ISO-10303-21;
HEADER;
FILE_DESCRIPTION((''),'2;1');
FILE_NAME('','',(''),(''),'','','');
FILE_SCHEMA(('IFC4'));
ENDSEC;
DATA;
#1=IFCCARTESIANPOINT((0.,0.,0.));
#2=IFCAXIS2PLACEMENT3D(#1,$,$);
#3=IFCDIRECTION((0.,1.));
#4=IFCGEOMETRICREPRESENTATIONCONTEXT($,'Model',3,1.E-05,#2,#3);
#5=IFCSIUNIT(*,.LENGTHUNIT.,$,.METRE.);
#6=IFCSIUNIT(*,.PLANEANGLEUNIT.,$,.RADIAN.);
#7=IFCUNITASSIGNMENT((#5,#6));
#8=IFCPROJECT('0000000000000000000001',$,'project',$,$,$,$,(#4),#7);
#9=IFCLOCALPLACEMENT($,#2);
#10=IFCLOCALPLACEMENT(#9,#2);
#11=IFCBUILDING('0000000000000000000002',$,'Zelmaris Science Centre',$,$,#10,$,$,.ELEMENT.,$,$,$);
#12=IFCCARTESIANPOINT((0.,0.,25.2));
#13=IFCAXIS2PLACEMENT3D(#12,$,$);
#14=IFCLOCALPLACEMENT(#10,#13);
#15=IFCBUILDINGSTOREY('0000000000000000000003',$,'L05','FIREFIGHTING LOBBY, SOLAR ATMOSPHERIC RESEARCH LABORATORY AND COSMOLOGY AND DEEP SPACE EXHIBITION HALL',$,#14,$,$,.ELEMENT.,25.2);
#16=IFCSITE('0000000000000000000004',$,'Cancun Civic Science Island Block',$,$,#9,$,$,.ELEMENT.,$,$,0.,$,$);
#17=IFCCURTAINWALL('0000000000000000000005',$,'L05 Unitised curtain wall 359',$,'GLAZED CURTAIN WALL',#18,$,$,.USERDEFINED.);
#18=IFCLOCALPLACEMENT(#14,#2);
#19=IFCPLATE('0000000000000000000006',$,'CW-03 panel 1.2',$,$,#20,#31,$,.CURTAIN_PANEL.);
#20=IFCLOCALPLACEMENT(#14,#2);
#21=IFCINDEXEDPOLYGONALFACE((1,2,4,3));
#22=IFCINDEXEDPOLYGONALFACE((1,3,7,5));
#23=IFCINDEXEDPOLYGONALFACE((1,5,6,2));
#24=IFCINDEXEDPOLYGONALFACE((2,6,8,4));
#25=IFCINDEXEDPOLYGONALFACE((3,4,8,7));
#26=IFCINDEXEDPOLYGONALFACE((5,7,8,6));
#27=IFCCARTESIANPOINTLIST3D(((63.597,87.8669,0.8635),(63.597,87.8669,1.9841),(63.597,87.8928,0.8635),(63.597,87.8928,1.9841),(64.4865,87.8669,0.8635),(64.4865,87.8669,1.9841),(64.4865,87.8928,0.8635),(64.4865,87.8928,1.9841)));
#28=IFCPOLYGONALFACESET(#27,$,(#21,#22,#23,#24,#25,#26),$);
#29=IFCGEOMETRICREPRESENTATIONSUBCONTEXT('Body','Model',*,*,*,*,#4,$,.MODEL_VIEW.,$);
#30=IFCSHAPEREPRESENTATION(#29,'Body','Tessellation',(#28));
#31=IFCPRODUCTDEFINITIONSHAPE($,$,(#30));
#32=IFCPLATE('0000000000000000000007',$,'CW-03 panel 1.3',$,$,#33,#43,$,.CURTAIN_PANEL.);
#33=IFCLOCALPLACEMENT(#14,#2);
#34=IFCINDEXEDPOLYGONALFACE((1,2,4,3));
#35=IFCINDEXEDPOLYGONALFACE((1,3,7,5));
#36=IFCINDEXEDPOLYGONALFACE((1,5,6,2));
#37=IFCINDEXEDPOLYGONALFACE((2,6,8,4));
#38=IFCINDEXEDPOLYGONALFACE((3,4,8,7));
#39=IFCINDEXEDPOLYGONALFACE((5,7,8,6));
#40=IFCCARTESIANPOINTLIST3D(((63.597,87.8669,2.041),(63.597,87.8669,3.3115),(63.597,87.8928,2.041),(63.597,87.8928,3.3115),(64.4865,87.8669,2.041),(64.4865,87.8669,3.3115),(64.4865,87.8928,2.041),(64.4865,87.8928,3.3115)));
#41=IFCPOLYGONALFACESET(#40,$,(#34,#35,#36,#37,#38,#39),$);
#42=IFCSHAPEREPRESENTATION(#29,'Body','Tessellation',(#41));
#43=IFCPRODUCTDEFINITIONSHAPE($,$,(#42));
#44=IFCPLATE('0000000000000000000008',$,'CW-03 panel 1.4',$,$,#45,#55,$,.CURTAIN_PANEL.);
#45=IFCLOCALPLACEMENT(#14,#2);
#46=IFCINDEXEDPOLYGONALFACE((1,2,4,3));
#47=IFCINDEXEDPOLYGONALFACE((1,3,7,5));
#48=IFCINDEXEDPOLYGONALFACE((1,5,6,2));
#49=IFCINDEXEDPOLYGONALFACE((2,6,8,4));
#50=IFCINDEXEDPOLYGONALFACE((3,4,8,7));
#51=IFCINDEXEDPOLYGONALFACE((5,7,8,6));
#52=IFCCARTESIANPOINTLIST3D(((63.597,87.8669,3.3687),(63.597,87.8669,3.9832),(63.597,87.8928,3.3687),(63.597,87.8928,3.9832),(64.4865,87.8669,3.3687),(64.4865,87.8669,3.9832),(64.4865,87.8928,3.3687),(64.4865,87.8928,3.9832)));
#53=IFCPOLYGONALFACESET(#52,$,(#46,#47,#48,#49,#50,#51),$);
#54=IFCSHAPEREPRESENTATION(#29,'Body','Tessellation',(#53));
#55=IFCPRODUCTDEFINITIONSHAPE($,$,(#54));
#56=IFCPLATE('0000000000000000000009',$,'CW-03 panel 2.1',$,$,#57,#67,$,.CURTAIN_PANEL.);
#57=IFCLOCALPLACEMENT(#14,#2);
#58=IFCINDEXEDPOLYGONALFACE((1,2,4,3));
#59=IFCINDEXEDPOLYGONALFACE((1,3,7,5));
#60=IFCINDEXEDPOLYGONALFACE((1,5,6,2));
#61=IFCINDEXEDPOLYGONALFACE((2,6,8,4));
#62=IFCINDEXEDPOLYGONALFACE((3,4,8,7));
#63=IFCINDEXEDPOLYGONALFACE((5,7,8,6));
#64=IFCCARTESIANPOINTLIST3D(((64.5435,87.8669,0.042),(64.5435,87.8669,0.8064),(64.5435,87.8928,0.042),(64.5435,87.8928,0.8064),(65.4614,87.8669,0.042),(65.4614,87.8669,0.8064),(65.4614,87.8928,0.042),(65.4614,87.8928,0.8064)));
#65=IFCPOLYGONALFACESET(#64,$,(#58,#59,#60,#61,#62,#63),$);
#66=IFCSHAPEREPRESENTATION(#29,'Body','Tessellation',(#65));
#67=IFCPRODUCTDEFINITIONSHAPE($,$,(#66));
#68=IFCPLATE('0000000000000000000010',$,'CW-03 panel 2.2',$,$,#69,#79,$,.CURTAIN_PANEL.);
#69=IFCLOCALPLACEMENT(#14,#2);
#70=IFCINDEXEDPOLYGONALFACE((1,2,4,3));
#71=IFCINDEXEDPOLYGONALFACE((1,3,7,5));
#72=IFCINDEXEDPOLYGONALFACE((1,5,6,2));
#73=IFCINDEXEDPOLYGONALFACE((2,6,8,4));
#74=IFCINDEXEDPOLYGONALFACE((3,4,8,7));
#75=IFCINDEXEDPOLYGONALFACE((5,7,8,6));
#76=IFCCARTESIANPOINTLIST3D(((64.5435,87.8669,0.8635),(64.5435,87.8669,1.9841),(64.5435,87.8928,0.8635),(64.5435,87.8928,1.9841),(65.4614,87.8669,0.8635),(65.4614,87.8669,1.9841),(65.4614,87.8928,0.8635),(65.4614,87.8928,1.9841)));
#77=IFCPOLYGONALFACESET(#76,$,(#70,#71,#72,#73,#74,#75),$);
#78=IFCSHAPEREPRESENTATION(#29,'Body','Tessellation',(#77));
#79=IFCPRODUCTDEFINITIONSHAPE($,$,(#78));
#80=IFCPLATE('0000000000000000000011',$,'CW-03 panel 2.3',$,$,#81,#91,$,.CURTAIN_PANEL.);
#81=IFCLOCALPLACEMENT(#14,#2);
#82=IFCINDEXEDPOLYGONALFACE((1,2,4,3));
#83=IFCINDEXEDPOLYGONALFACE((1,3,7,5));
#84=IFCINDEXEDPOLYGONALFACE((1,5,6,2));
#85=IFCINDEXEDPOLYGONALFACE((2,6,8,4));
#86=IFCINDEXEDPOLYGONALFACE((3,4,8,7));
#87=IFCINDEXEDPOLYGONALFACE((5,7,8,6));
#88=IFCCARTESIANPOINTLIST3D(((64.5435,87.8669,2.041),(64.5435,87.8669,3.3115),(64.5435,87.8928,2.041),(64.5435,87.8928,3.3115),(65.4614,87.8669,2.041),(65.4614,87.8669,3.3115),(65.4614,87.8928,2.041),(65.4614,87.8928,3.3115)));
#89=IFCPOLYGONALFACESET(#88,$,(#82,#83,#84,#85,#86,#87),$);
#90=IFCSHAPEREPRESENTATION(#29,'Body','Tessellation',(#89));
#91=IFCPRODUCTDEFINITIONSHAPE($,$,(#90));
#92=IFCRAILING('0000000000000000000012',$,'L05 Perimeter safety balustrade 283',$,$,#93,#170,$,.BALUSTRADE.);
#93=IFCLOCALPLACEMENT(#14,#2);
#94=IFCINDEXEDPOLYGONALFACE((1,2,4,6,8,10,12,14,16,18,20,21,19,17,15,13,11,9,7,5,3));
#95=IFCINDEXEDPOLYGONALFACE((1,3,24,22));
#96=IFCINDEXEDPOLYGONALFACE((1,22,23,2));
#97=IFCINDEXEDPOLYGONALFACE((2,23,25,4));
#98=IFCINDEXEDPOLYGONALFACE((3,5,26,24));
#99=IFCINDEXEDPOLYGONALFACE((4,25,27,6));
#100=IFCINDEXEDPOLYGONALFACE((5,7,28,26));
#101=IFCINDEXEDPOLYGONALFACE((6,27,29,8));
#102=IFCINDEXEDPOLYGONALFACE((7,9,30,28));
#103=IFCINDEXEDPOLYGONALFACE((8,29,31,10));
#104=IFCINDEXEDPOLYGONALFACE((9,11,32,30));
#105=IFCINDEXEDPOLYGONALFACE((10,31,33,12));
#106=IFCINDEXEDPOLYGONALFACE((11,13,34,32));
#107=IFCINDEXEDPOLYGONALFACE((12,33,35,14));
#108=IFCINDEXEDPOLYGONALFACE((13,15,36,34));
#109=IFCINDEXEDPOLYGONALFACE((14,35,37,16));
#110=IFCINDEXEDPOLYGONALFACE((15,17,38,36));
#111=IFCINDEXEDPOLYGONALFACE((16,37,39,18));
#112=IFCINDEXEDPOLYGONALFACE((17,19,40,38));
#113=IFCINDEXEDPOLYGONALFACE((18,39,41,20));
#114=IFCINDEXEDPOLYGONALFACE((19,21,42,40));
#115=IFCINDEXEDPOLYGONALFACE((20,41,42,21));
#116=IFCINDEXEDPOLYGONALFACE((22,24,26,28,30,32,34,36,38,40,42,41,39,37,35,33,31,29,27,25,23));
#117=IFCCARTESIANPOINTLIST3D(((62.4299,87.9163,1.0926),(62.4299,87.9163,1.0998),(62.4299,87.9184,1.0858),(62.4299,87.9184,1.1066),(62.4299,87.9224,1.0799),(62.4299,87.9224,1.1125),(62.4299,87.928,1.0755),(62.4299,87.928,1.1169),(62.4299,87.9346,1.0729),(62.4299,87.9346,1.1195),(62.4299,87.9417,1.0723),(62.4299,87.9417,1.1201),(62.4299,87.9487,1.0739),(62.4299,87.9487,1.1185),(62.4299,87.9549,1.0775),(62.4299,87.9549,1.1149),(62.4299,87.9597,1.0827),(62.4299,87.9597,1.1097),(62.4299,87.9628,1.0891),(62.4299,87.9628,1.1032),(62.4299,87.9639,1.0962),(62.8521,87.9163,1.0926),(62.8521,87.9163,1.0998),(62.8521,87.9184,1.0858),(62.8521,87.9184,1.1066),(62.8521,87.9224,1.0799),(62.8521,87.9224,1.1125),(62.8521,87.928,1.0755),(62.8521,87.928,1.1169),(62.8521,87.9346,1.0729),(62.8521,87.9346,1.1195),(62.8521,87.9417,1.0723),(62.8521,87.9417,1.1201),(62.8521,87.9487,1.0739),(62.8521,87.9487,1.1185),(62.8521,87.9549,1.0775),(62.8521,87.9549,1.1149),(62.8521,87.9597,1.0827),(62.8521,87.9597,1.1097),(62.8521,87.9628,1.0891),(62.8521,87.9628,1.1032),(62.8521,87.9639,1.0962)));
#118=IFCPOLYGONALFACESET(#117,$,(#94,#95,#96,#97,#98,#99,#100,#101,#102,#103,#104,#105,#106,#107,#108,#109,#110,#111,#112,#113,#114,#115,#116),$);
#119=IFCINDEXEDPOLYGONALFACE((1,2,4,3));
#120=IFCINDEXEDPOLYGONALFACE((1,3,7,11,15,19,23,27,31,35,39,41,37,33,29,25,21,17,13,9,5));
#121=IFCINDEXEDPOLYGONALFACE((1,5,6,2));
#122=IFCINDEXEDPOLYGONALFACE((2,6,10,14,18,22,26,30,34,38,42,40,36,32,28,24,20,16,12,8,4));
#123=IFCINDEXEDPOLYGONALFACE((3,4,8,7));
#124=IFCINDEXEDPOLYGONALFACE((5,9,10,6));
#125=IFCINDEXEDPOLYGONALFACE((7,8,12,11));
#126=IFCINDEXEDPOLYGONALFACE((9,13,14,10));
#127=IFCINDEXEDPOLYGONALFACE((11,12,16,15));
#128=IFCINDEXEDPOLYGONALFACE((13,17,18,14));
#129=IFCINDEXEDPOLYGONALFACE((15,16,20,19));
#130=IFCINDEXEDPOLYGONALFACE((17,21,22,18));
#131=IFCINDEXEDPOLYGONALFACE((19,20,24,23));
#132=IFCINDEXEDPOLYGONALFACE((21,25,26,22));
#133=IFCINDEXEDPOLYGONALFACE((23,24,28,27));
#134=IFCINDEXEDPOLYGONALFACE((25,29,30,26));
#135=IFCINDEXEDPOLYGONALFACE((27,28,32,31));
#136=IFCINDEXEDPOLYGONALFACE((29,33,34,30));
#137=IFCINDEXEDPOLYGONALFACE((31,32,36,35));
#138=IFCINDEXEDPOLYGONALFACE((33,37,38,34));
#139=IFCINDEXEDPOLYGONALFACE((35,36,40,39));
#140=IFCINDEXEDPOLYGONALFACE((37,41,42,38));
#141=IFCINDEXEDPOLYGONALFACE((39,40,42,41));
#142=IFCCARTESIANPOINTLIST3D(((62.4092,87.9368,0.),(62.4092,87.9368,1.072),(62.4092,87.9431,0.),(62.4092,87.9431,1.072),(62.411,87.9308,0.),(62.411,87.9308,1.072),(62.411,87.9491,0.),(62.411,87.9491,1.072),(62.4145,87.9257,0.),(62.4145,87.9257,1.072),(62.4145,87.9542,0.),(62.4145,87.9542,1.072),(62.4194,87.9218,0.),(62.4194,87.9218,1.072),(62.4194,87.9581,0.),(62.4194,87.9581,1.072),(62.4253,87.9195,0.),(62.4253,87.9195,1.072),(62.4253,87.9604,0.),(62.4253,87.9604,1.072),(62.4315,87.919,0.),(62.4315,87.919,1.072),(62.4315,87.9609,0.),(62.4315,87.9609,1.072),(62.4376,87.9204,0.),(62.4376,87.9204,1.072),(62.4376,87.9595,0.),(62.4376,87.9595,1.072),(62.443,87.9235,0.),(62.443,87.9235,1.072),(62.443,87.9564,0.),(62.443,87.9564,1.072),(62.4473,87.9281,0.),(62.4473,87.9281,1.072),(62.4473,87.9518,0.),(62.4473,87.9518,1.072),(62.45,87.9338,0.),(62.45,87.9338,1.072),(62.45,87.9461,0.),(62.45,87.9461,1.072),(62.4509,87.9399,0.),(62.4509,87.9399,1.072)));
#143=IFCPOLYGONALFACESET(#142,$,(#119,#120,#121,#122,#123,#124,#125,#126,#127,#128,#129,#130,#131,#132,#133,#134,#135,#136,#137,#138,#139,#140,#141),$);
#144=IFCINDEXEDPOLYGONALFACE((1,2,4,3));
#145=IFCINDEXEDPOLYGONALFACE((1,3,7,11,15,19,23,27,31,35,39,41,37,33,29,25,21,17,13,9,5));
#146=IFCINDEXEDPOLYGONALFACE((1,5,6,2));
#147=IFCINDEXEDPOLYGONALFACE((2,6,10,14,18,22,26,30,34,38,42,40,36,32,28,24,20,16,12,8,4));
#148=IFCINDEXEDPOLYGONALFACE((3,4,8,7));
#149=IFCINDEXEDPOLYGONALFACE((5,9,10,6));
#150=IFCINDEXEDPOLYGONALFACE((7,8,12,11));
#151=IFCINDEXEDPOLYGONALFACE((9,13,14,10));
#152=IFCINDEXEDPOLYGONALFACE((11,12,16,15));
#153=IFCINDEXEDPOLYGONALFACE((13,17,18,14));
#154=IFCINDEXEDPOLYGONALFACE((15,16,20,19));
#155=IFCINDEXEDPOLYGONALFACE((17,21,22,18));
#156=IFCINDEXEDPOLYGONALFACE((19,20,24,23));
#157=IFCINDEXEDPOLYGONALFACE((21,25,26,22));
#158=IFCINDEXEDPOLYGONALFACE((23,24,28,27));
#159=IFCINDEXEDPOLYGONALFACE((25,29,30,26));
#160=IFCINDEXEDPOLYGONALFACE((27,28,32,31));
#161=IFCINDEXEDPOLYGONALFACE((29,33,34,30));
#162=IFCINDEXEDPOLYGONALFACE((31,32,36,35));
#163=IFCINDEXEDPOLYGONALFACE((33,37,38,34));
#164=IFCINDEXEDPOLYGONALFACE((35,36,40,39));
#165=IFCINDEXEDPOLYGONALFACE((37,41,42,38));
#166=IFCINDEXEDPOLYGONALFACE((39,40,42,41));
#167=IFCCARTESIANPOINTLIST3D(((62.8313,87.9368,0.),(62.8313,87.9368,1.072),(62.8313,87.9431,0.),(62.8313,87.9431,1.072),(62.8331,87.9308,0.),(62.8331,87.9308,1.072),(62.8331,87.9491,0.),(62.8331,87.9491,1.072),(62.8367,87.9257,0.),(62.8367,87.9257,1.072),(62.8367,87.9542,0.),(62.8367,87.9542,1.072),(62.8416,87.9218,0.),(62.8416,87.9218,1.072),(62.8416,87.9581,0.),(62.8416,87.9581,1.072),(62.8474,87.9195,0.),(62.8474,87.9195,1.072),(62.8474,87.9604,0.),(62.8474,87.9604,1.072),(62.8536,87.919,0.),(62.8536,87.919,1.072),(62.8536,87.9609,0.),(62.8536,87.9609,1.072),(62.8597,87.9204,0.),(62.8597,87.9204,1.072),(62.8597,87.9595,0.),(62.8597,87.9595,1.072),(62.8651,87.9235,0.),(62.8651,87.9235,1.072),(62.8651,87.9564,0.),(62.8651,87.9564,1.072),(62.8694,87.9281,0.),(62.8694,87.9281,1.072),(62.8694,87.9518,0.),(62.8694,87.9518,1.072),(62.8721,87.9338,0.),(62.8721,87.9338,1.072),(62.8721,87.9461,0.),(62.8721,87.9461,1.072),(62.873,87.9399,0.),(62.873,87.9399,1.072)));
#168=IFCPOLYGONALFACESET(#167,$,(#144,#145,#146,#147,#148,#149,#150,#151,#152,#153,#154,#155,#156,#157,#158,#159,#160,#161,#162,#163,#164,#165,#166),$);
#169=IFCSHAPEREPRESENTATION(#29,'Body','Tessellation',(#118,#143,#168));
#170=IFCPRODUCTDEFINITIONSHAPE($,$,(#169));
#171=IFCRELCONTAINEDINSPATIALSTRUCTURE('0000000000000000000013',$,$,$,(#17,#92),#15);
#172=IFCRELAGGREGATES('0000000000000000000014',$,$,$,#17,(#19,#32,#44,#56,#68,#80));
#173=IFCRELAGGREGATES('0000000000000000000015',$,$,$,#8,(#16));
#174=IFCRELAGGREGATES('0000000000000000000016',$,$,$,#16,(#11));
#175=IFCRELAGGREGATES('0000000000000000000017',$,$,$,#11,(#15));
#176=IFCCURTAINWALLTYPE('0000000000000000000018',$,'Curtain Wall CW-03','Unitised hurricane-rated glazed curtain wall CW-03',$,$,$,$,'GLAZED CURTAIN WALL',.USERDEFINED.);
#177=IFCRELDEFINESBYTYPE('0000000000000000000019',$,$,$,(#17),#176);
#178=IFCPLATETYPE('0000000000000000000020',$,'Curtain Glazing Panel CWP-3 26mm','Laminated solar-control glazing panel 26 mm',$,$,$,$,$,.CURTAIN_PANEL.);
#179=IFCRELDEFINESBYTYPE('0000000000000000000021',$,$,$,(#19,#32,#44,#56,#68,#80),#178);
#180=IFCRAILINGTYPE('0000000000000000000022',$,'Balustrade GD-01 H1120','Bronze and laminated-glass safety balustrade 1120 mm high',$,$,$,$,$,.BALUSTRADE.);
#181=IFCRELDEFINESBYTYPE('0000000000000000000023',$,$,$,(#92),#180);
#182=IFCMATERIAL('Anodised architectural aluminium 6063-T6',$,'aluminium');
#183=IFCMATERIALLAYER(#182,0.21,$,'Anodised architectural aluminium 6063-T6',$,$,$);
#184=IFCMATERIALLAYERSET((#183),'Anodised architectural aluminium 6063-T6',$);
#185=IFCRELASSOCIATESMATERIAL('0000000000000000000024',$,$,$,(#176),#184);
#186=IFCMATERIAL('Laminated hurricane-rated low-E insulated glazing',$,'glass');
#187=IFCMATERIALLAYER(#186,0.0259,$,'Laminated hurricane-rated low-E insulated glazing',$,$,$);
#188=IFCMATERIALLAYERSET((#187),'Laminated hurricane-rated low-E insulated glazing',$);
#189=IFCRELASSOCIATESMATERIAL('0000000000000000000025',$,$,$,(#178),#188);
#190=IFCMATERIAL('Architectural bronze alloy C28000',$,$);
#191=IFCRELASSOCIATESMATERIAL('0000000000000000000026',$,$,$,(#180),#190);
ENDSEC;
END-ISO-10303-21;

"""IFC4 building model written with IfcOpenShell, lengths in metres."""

from ifc_helpers import new_model, si_unit, direction, frame, origin, origin_2d, place, context, subcontext, project, spatial, rectangle, circle, extrude, material, layer, layer_set, type_object, element, aggregate, save


model = new_model("IFC4")

# Units and contexts
model_context = context("Model", 3, precision=1e-05, world=origin(), true_north=direction((0.0, 1.0)))
body_context = subcontext(model_context, "Body", "Model", "MODEL_VIEW")
ifc_project = project(units=[si_unit("LENGTHUNIT", "METRE"), si_unit("PLANEANGLEUNIT", "RADIAN")], contexts=[model_context])

# Site, building, storey
site_placement = place(None, origin())
site = spatial("IfcSite", under=ifc_project, at=site_placement, Name="Cancun Civic Science Island Block", CompositionType="ELEMENT", RefElevation=0.0)
building_placement = place(site_placement, origin())
building = spatial("IfcBuilding", under=site, at=building_placement, Name="Zelmaris Science Centre", CompositionType="ELEMENT")
storey_placement = place(building_placement, frame((0.0, 0.0, 25.2)))
storey = spatial("IfcBuildingStorey", under=building, at=storey_placement, Name="L05", Description="FIREFIGHTING LOBBY, SOLAR ATMOSPHERIC RESEARCH LABORATORY AND COSMOLOGY AND DEEP SPACE EXHIBITION HALL", CompositionType="ELEMENT", Elevation=25.2)

# Curtain wall
ifc_material_1 = material(Name="Anodised architectural aluminium 6063-T6", Category="aluminium")
ifc_layer_1 = layer(ifc_material_1, 0.21, Name="Anodised architectural aluminium 6063-T6")
ifc_layer_set_1 = layer_set([ifc_layer_1], Name="Anodised architectural aluminium 6063-T6")
curtain_wall_type_1 = type_object("IfcCurtainWallType", Name="Curtain Wall CW-03", Description="Unitised hurricane-rated glazed curtain wall CW-03", ElementType="GLAZED CURTAIN WALL", PredefinedType="USERDEFINED", material=ifc_layer_set_1)
curtain_wall_1_placement = place(storey_placement, origin())
curtain_wall_1 = element("IfcCurtainWall", 1, at=curtain_wall_1_placement, inside=storey, type_object=curtain_wall_type_1, Name="L05 Unitised curtain wall 359", ObjectType="GLAZED CURTAIN WALL", PredefinedType="USERDEFINED")

# Plates
ifc_material_2 = material(Name="Laminated hurricane-rated low-E insulated glazing", Category="glass")
ifc_layer_2 = layer(ifc_material_2, 0.0259, Name="Laminated hurricane-rated low-E insulated glazing")
ifc_layer_set_2 = layer_set([ifc_layer_2], Name="Laminated hurricane-rated low-E insulated glazing")
plate_type_1 = type_object("IfcPlateType", Name="Curtain Glazing Panel CWP-3 26mm", Description="Laminated solar-control glazing panel 26 mm", PredefinedType="CURTAIN_PANEL", material=ifc_layer_set_2)
plate_1_placement = place(storey_placement, frame((64.0417, 87.8799, 0.8635), z_axis=(0.0, 0.0, 1.0), x_axis=(1.0, 0.0, 0.0)))
plate_1 = element("IfcPlate", 2, at=plate_1_placement, type_object=plate_type_1, Name="CW-03 panel 1.2", PredefinedType="CURTAIN_PANEL", context=body_context, shape_type="SweptSolid", body=[
    extrude(rectangle(XDim=0.8894, YDim=0.0259, at=origin_2d()), origin(), (0.0, 0.0, 1.0), 1.1206),
])
plate_2_placement = place(storey_placement, frame((64.0417, 87.8799, 2.041), z_axis=(0.0, 0.0, 1.0), x_axis=(1.0, 0.0, 0.0)))
plate_2 = element("IfcPlate", 3, at=plate_2_placement, type_object=plate_type_1, Name="CW-03 panel 1.3", PredefinedType="CURTAIN_PANEL", context=body_context, shape_type="SweptSolid", body=[
    extrude(rectangle(XDim=0.8894, YDim=0.0259, at=origin_2d()), origin(), (0.0, 0.0, 1.0), 1.2705),
])
plate_3_placement = place(storey_placement, frame((64.0417, 87.8799, 3.3687), z_axis=(0.0, 0.0, 1.0), x_axis=(1.0, 0.0, 0.0)))
plate_3 = element("IfcPlate", 4, at=plate_3_placement, type_object=plate_type_1, Name="CW-03 panel 1.4", PredefinedType="CURTAIN_PANEL", context=body_context, shape_type="SweptSolid", body=[
    extrude(rectangle(XDim=0.8894, YDim=0.0259, at=origin_2d()), origin(), (0.0, 0.0, 1.0), 0.6145),
])
plate_4_placement = place(storey_placement, frame((65.0024, 87.8799, 0.042), z_axis=(0.0, 0.0, 1.0), x_axis=(1.0, 0.0, 0.0)))
plate_4 = element("IfcPlate", 5, at=plate_4_placement, type_object=plate_type_1, Name="CW-03 panel 2.1", PredefinedType="CURTAIN_PANEL", context=body_context, shape_type="SweptSolid", body=[
    extrude(rectangle(XDim=0.918, YDim=0.0259, at=origin_2d()), origin(), (0.0, 0.0, 1.0), 0.7644),
])
plate_5_placement = place(storey_placement, frame((65.0024, 87.8799, 0.8635), z_axis=(0.0, 0.0, 1.0), x_axis=(1.0, 0.0, 0.0)))
plate_5 = element("IfcPlate", 6, at=plate_5_placement, type_object=plate_type_1, Name="CW-03 panel 2.2", PredefinedType="CURTAIN_PANEL", context=body_context, shape_type="SweptSolid", body=[
    extrude(rectangle(XDim=0.918, YDim=0.0259, at=origin_2d()), origin(), (0.0, 0.0, 1.0), 1.1206),
])
plate_6_placement = place(storey_placement, frame((65.0024, 87.8799, 2.041), z_axis=(0.0, 0.0, 1.0), x_axis=(1.0, 0.0, 0.0)))
plate_6 = element("IfcPlate", 7, at=plate_6_placement, type_object=plate_type_1, Name="CW-03 panel 2.3", PredefinedType="CURTAIN_PANEL", context=body_context, shape_type="SweptSolid", body=[
    extrude(rectangle(XDim=0.918, YDim=0.0259, at=origin_2d()), origin(), (0.0, 0.0, 1.0), 1.2705),
])
aggregate(curtain_wall_1, [plate_1, plate_2, plate_3, plate_4, plate_5, plate_6])

# Railing
ifc_material_3 = material(Name="Architectural bronze alloy C28000")
railing_type = type_object("IfcRailingType", Name="Balustrade GD-01 H1120", Description="Bronze and laminated-glass safety balustrade 1120 mm high", PredefinedType="BALUSTRADE", material=ifc_material_3)
for number, where, name in (
    (8, (62.4299, 87.9399, 0.0), "L05 Perimeter safety balustrade 283"),
):
    element("IfcRailing", number, at=place(storey_placement, frame(where)), inside=storey, type_object=railing_type, Name=name, PredefinedType="BALUSTRADE", context=body_context, shape_type="SweptSolid", body=[
        extrude(circle(Radius=0.0239, at=origin_2d()), frame((0.0, 0.0, 1.0962), z_axis=(1.0, 0.0, 0.0), x_axis=(0.0, 1.0, 0.0)), (0.0, 0.0, 1.0), 0.4221),
        extrude(circle(Radius=0.021, at=origin_2d()), origin(), (0.0, 0.0, 1.0), 1.072),
        extrude(circle(Radius=0.021, at=origin_2d()), frame((0.4221, 0.0, 0.0)), (0.0, 0.0, 1.0), 1.072),
    ])

save(model, "model.ifc")
